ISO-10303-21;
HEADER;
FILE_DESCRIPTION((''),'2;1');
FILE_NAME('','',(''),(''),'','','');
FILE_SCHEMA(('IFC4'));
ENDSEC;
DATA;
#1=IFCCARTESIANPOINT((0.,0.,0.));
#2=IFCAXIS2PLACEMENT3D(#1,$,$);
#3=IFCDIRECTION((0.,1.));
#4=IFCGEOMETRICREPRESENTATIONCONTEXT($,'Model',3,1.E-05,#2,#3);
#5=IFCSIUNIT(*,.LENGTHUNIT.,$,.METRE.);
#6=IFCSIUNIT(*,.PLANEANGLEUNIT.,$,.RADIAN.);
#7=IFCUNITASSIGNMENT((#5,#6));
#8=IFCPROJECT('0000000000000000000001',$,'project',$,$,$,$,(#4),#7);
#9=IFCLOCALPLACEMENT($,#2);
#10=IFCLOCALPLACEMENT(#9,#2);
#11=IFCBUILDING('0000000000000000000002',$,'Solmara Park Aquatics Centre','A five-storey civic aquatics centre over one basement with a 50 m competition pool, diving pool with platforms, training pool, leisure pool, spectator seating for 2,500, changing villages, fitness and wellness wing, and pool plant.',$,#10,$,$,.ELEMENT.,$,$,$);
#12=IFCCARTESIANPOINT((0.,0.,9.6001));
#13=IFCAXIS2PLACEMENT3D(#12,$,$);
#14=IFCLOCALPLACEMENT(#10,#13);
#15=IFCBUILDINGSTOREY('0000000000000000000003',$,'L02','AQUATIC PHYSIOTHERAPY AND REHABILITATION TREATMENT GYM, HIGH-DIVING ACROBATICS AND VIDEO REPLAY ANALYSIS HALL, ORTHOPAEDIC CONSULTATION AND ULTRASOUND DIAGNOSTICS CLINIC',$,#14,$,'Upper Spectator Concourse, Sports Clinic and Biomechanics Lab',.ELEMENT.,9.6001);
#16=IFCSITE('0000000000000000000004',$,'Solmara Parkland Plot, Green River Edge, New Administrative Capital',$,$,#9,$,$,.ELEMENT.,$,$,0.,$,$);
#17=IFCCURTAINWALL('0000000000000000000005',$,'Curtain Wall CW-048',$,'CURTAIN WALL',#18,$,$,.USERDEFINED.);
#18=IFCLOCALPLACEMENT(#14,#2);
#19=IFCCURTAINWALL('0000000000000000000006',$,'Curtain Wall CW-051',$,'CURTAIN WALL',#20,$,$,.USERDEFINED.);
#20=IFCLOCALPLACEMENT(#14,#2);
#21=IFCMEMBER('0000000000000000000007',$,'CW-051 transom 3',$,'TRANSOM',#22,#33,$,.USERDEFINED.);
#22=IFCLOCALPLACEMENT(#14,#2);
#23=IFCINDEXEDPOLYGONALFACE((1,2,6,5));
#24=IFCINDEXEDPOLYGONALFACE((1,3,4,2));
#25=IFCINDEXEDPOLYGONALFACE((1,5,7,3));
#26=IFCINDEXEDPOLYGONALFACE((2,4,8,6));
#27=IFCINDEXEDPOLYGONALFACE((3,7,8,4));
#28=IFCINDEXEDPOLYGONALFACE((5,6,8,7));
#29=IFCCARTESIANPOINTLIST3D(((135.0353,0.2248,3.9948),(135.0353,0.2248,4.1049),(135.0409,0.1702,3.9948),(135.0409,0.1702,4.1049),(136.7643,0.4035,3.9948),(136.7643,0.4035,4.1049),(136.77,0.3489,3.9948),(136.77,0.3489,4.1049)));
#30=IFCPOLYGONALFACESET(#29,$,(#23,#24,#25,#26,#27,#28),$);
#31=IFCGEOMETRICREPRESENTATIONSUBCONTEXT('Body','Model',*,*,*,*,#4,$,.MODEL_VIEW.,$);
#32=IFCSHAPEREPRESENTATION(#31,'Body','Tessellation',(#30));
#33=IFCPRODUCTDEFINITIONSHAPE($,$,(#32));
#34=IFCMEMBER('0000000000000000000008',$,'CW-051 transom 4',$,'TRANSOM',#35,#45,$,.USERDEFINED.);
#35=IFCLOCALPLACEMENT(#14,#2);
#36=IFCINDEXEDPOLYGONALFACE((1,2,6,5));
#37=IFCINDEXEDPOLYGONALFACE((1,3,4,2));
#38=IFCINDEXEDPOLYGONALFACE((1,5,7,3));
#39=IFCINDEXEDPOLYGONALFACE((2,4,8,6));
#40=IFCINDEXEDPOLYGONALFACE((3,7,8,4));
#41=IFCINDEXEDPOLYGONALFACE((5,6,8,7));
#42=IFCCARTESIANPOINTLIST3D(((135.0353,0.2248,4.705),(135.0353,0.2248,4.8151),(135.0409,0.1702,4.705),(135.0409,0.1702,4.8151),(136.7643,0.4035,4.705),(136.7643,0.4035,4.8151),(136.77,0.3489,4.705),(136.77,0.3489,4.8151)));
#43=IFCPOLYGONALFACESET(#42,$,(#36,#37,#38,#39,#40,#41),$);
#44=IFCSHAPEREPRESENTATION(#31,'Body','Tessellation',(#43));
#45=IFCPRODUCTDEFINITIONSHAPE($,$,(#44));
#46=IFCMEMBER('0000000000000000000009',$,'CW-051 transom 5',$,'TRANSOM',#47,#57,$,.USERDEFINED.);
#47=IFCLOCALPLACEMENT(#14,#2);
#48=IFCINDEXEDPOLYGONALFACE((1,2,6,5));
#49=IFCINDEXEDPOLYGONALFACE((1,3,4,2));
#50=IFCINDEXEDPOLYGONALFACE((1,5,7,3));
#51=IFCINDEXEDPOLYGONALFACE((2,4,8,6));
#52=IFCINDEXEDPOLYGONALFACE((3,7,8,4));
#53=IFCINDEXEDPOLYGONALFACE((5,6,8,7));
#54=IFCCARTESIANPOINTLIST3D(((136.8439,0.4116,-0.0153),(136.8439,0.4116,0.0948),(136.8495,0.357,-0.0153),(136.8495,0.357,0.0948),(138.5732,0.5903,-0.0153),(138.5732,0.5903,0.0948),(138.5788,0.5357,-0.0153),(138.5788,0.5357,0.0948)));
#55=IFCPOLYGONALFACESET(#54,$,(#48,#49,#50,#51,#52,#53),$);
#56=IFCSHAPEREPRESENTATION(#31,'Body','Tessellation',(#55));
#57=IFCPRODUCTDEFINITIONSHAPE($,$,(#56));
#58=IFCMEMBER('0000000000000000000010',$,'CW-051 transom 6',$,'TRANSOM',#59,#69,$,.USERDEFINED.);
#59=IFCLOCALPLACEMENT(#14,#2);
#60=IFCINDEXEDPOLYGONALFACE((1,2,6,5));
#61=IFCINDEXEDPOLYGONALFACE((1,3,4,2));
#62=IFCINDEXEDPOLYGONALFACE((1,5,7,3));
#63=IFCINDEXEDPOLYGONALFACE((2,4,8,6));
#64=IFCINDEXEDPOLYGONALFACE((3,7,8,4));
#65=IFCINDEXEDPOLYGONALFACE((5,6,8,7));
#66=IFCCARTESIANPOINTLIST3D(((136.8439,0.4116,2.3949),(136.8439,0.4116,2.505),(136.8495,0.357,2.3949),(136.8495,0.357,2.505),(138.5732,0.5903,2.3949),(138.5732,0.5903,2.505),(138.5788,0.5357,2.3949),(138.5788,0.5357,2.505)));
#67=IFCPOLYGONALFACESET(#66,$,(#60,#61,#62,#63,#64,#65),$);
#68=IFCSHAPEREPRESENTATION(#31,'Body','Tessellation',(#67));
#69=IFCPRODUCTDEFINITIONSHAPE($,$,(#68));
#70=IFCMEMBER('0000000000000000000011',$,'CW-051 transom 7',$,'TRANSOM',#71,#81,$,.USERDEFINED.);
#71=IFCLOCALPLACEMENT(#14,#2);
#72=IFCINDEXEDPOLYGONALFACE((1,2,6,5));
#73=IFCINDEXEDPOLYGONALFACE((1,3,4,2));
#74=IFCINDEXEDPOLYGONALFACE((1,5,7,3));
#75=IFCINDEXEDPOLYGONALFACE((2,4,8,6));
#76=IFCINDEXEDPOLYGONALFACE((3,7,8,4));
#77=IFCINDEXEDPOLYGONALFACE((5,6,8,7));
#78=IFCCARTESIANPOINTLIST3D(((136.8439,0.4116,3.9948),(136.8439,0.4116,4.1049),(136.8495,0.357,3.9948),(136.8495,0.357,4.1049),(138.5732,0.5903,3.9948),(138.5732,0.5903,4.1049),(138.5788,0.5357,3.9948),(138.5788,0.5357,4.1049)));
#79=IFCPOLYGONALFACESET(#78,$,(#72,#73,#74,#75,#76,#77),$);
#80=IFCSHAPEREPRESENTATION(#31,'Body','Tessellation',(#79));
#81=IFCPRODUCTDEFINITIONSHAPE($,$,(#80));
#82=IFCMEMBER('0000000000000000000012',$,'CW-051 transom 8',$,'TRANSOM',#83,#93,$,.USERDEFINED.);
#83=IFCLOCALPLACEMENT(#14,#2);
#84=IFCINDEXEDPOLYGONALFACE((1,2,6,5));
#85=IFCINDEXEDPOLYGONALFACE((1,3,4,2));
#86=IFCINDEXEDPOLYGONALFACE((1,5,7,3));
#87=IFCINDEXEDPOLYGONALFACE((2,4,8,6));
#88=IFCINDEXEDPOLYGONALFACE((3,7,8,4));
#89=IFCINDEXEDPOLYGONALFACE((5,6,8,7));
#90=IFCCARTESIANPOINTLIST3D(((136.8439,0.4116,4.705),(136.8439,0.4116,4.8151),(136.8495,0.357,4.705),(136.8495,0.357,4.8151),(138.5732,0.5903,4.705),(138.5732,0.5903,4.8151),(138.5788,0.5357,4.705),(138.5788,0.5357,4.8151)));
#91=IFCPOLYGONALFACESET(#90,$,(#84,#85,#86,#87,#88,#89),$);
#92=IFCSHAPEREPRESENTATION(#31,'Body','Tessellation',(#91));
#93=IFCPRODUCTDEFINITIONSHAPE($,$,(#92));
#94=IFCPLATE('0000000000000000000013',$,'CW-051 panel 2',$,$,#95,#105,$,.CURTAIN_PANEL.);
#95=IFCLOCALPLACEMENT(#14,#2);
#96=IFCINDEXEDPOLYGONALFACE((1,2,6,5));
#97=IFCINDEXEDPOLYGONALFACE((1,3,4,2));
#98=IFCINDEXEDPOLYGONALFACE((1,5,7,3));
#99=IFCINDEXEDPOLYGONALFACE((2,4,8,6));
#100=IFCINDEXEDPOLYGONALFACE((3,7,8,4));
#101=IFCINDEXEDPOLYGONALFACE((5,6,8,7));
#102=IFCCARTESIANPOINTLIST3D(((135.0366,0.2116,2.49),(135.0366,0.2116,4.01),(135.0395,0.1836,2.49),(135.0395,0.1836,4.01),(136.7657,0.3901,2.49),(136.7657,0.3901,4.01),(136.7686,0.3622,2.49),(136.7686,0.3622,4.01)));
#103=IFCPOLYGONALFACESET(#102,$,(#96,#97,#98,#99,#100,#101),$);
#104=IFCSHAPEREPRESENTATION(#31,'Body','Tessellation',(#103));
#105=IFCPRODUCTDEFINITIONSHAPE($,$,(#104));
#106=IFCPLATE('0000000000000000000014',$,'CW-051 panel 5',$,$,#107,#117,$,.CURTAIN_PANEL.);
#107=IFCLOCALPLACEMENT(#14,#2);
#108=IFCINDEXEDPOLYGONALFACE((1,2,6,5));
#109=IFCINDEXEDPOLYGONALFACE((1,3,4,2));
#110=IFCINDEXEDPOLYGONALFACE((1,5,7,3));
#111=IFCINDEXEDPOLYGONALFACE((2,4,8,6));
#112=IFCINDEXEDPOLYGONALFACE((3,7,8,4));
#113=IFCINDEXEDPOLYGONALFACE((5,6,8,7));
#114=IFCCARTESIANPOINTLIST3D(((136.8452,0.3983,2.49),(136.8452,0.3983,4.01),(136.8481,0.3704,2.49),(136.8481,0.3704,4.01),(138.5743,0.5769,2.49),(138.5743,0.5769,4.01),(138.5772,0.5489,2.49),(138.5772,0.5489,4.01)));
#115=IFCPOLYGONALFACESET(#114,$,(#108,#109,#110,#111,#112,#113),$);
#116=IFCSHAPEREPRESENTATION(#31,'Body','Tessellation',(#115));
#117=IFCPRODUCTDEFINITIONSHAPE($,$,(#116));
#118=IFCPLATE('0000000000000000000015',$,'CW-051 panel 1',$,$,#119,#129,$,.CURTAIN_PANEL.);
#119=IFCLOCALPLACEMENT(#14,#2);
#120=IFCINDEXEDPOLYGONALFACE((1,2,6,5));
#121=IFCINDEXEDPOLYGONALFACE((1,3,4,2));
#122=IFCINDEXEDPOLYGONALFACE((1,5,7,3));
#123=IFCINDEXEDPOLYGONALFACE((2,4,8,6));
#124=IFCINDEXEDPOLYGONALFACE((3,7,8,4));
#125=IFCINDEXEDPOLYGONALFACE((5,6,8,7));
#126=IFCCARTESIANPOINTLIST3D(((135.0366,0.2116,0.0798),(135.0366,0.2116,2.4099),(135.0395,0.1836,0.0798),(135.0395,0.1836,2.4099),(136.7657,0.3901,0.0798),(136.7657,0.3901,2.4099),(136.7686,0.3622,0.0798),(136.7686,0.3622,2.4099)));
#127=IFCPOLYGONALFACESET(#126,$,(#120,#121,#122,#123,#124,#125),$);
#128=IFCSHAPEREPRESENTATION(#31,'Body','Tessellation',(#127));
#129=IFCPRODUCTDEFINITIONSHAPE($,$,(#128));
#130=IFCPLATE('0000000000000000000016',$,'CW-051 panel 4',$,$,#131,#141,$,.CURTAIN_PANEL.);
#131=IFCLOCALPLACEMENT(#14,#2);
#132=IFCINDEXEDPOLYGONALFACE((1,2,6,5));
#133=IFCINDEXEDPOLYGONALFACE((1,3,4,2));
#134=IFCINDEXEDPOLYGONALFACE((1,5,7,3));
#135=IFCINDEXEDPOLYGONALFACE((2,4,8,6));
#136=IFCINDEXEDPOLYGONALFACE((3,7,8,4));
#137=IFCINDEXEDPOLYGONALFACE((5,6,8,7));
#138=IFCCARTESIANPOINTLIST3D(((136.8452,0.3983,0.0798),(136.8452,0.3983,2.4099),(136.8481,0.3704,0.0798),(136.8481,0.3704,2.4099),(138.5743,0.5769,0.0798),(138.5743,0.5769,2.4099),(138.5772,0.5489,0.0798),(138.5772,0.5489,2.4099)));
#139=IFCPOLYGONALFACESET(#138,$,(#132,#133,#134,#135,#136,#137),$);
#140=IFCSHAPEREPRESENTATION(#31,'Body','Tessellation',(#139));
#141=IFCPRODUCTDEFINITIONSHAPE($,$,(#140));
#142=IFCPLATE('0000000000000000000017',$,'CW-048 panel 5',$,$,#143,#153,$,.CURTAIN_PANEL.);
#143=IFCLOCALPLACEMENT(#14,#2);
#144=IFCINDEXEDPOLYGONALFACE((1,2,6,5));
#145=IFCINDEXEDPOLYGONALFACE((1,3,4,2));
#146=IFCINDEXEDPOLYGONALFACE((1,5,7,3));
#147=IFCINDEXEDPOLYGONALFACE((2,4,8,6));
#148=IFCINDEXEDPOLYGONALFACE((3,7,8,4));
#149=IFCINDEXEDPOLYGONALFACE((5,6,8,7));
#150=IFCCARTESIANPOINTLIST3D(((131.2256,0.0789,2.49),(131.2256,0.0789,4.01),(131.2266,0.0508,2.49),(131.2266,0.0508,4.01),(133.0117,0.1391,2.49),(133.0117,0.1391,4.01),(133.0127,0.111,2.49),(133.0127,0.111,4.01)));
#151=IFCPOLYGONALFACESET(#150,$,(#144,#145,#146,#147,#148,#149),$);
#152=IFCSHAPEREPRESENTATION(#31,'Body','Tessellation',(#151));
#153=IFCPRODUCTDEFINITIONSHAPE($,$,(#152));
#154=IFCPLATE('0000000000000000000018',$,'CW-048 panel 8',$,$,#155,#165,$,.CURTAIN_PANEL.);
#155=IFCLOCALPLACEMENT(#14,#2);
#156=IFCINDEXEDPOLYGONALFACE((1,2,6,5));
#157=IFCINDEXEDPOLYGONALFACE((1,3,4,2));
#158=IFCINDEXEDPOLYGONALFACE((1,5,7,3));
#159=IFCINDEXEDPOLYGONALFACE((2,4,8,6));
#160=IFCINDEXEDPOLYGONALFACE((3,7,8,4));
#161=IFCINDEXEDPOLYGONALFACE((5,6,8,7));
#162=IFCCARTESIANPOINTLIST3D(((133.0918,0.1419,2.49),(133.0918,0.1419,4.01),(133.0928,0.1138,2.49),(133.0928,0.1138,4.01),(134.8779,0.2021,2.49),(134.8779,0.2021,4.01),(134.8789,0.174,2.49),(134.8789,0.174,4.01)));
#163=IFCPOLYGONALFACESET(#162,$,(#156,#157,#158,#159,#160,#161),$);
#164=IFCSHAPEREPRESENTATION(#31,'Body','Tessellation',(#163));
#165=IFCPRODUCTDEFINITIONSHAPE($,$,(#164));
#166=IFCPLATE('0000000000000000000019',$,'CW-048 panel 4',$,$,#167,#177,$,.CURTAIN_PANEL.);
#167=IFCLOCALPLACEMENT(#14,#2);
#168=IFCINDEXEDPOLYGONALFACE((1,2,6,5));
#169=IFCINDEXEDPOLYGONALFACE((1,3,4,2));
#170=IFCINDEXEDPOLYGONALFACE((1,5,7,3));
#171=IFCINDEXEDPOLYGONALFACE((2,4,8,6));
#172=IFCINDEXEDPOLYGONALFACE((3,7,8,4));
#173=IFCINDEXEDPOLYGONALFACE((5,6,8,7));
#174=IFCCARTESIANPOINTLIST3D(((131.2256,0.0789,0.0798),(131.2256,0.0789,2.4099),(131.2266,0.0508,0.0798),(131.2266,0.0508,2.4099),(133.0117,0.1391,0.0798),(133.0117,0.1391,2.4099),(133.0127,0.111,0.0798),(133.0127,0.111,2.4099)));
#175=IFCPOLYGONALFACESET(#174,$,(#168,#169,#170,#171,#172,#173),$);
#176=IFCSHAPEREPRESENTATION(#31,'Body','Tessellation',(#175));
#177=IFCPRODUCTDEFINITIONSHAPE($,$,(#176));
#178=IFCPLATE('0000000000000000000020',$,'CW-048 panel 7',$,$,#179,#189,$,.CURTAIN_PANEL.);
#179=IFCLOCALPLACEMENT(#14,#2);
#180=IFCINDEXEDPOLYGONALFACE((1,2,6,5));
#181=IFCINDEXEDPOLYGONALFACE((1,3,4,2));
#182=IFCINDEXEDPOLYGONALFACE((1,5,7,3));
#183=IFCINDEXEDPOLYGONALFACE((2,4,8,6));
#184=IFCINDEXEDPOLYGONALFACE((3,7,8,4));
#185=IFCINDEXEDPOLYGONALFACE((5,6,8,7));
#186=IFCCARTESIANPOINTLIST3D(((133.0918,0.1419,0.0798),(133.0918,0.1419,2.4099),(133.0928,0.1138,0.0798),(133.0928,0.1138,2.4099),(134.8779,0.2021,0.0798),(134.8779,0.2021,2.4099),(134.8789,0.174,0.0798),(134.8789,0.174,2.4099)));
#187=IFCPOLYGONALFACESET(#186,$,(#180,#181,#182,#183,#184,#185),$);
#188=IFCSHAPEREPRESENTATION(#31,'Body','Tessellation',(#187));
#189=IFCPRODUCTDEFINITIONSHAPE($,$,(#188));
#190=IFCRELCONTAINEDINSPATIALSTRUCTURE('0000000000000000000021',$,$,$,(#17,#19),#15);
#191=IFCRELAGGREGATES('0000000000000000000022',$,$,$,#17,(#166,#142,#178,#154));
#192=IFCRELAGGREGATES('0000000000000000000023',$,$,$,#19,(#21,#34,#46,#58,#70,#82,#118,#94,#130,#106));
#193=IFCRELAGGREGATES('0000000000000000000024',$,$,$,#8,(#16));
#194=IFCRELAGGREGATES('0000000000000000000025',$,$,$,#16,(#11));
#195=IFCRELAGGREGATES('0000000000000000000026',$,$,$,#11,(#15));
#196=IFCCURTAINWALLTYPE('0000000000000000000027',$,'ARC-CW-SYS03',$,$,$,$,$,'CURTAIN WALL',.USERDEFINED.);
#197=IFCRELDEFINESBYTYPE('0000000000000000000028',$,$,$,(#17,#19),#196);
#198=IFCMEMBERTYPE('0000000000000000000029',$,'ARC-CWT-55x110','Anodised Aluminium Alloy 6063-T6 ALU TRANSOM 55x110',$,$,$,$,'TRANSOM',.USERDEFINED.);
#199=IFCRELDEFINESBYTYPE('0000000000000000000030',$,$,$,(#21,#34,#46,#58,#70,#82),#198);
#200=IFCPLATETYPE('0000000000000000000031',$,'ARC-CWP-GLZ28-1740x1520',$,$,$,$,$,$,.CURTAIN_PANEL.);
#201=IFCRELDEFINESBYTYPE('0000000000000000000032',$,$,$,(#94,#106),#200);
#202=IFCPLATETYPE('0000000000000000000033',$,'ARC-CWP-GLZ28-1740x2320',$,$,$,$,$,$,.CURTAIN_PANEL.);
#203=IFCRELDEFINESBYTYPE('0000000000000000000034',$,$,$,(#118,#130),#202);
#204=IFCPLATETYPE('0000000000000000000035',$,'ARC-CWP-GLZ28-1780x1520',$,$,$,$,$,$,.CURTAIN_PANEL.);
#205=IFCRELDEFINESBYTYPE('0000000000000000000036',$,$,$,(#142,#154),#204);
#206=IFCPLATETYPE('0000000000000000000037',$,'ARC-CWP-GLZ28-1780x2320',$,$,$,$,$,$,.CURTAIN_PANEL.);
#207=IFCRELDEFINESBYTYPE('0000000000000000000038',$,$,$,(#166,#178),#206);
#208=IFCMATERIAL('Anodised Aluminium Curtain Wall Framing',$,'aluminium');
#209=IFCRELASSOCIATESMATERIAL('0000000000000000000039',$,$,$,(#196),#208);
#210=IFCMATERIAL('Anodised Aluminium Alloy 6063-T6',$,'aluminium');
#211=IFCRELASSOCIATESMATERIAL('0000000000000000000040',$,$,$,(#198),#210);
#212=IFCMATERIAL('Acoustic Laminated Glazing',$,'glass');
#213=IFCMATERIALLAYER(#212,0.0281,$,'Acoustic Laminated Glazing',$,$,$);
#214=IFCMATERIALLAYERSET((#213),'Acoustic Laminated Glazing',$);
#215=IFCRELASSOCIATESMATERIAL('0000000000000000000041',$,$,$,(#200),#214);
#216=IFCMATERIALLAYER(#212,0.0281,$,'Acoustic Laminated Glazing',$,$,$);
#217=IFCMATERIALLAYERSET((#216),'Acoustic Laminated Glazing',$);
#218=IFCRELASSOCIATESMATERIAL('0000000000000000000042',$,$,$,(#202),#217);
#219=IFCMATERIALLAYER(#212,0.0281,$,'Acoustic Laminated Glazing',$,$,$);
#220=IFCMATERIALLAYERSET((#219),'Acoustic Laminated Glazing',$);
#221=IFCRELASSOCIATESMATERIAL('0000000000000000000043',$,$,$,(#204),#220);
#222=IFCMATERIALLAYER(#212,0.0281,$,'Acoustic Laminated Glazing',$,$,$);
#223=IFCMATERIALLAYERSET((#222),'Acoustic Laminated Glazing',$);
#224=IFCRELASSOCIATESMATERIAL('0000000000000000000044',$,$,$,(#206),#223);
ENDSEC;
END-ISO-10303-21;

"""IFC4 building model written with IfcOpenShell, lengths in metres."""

from ifc_helpers import new_model, si_unit, direction, frame, origin, origin_2d, place, context, subcontext, project, spatial, rectangle, extrude, material, layer, layer_set, material_profile, profile_set, type_object, element, aggregate, save


model = new_model("IFC4")

# Units and contexts
model_context = context("Model", 3, precision=1e-05, world=origin(), true_north=direction((0.0, 1.0)))
body_context = subcontext(model_context, "Body", "Model", "MODEL_VIEW")
ifc_project = project(units=[si_unit("LENGTHUNIT", "METRE"), si_unit("PLANEANGLEUNIT", "RADIAN")], contexts=[model_context])

# Site, building, storey
site_placement = place(None, origin())
site = spatial("IfcSite", under=ifc_project, at=site_placement, Name="Solmara Parkland Plot, Green River Edge, New Administrative Capital", CompositionType="ELEMENT", RefElevation=0.0)
building_placement = place(site_placement, origin())
building = spatial("IfcBuilding", under=site, at=building_placement, Name="Solmara Park Aquatics Centre", Description="A five-storey civic aquatics centre over one basement with a 50 m competition pool, diving pool with platforms, training pool, leisure pool, spectator seating for 2,500, changing villages, fitness and wellness wing, and pool plant.", CompositionType="ELEMENT")
storey_placement = place(building_placement, frame((0.0, 0.0, 9.6001)))
storey = spatial("IfcBuildingStorey", under=building, at=storey_placement, Name="L02", Description="AQUATIC PHYSIOTHERAPY AND REHABILITATION TREATMENT GYM, HIGH-DIVING ACROBATICS AND VIDEO REPLAY ANALYSIS HALL, ORTHOPAEDIC CONSULTATION AND ULTRASOUND DIAGNOSTICS CLINIC", LongName="Upper Spectator Concourse, Sports Clinic and Biomechanics Lab", CompositionType="ELEMENT", Elevation=9.6001)

# Curtain walls
ifc_material_1 = material(Name="Anodised Aluminium Curtain Wall Framing", Category="aluminium")
curtain_wall_type = type_object("IfcCurtainWallType", Name="ARC-CW-SYS03", ElementType="CURTAIN WALL", PredefinedType="USERDEFINED", material=ifc_material_1)
curtain_wall_1_placement = place(storey_placement, origin())
curtain_wall_1 = element("IfcCurtainWall", 1, at=curtain_wall_1_placement, inside=storey, type_object=curtain_wall_type, Name="Curtain Wall CW-048", ObjectType="CURTAIN WALL", PredefinedType="USERDEFINED")
ifc_material_2 = material(Name="Anodised Aluminium Alloy 6063-T6", Category="aluminium")
curtain_wall_2_placement = place(storey_placement, origin())
curtain_wall_2 = element("IfcCurtainWall", 2, at=curtain_wall_2_placement, inside=storey, type_object=curtain_wall_type, Name="Curtain Wall CW-051", ObjectType="CURTAIN WALL", PredefinedType="USERDEFINED")

# Members
ifc_material_profile_1 = material_profile(ifc_material_2, rectangle(XDim=0.0549, YDim=0.1101, at=origin_2d()), Name="ALU TRANSOM 55x110")
ifc_profile_set_1 = profile_set([ifc_material_profile_1], Name="Anodised Aluminium Alloy 6063-T6")
member_type_1 = type_object("IfcMemberType", Name="ARC-CWT-55x110", Description="Anodised Aluminium Alloy 6063-T6 ALU TRANSOM 55x110", ElementType="TRANSOM", PredefinedType="USERDEFINED", material=ifc_profile_set_1)
member_1_placement = place(storey_placement, frame((135.0381, 0.1975, 4.0498), z_axis=(0.994701, 0.102813, 0.0), x_axis=(-0.102813, 0.994701, 0.0)))
member_1 = element("IfcMember", 3, at=member_1_placement, type_object=member_type_1, Name="CW-051 transom 3", ObjectType="TRANSOM", PredefinedType="USERDEFINED", context=body_context, shape_type="SweptSolid", body=[
    extrude(rectangle(XDim=0.0549, YDim=0.1101, at=origin_2d()), origin(), (0.0, 0.0, 1.0), 1.7383),
])
member_2_placement = place(storey_placement, frame((135.0381, 0.1975, 4.76), z_axis=(0.994701, 0.102813, 0.0), x_axis=(-0.102813, 0.994701, 0.0)))
member_2 = element("IfcMember", 4, at=member_2_placement, type_object=member_type_1, Name="CW-051 transom 4", ObjectType="TRANSOM", PredefinedType="USERDEFINED", context=body_context, shape_type="SweptSolid", body=[
    extrude(rectangle(XDim=0.0549, YDim=0.1101, at=origin_2d()), origin(), (0.0, 0.0, 1.0), 1.7383),
])
member_3_placement = place(storey_placement, frame((136.8467, 0.3843, 0.0398), z_axis=(0.994702, 0.102799, 0.0), x_axis=(-0.102799, 0.994702, 0.0)))
member_3 = element("IfcMember", 5, at=member_3_placement, type_object=member_type_1, Name="CW-051 transom 5", ObjectType="TRANSOM", PredefinedType="USERDEFINED", context=body_context, shape_type="SweptSolid", body=[
    extrude(rectangle(XDim=0.0549, YDim=0.1101, at=origin_2d()), origin(), (0.0, 0.0, 1.0), 1.7385),
])
member_4_placement = place(storey_placement, frame((136.8467, 0.3843, 2.45), z_axis=(0.994702, 0.102799, 0.0), x_axis=(-0.102799, 0.994702, 0.0)))
member_4 = element("IfcMember", 6, at=member_4_placement, type_object=member_type_1, Name="CW-051 transom 6", ObjectType="TRANSOM", PredefinedType="USERDEFINED", context=body_context, shape_type="SweptSolid", body=[
    extrude(rectangle(XDim=0.0549, YDim=0.1101, at=origin_2d()), origin(), (0.0, 0.0, 1.0), 1.7385),
])
member_5_placement = place(storey_placement, frame((136.8467, 0.3843, 4.0498), z_axis=(0.994702, 0.102799, 0.0), x_axis=(-0.102799, 0.994702, 0.0)))
member_5 = element("IfcMember", 7, at=member_5_placement, type_object=member_type_1, Name="CW-051 transom 7", ObjectType="TRANSOM", PredefinedType="USERDEFINED", context=body_context, shape_type="SweptSolid", body=[
    extrude(rectangle(XDim=0.0549, YDim=0.1101, at=origin_2d()), origin(), (0.0, 0.0, 1.0), 1.7385),
])
member_6_placement = place(storey_placement, frame((136.8467, 0.3843, 4.76), z_axis=(0.994702, 0.102799, 0.0), x_axis=(-0.102799, 0.994702, 0.0)))
member_6 = element("IfcMember", 8, at=member_6_placement, type_object=member_type_1, Name="CW-051 transom 8", ObjectType="TRANSOM", PredefinedType="USERDEFINED", context=body_context, shape_type="SweptSolid", body=[
    extrude(rectangle(XDim=0.0549, YDim=0.1101, at=origin_2d()), origin(), (0.0, 0.0, 1.0), 1.7385),
])

# Plates
ifc_material_3 = material(Name="Acoustic Laminated Glazing", Category="glass")
ifc_layer_1 = layer(ifc_material_3, 0.0281, Name="Acoustic Laminated Glazing")
ifc_layer_set_1 = layer_set([ifc_layer_1], Name="Acoustic Laminated Glazing")
plate_type_1 = type_object("IfcPlateType", Name="ARC-CWP-GLZ28-1740x1520", PredefinedType="CURTAIN_PANEL", material=ifc_layer_set_1)
plate_1_placement = place(storey_placement, frame((135.9026, 0.2869, 2.49), z_axis=(0.0, 0.0, 1.0), x_axis=(0.994711, 0.102709, 0.0)))
plate_1 = element("IfcPlate", 9, at=plate_1_placement, type_object=plate_type_1, Name="CW-051 panel 2", PredefinedType="CURTAIN_PANEL", context=body_context, shape_type="SweptSolid", body=[
    extrude(rectangle(XDim=1.7383, YDim=0.0281, at=origin_2d()), origin(), (0.0, 0.0, 1.0), 1.52),
])
plate_2_placement = place(storey_placement, frame((137.7112, 0.4736, 2.49), z_axis=(0.0, 0.0, 1.0), x_axis=(0.994711, 0.102709, 0.0)))
plate_2 = element("IfcPlate", 10, at=plate_2_placement, type_object=plate_type_1, Name="CW-051 panel 5", PredefinedType="CURTAIN_PANEL", context=body_context, shape_type="SweptSolid", body=[
    extrude(rectangle(XDim=1.7383, YDim=0.0281, at=origin_2d()), origin(), (0.0, 0.0, 1.0), 1.52),
])
ifc_layer_2 = layer(ifc_material_3, 0.0281, Name="Acoustic Laminated Glazing")
ifc_layer_set_2 = layer_set([ifc_layer_2], Name="Acoustic Laminated Glazing")
plate_type_2 = type_object("IfcPlateType", Name="ARC-CWP-GLZ28-1740x2320", PredefinedType="CURTAIN_PANEL", material=ifc_layer_set_2)
plate_3_placement = place(storey_placement, frame((135.9026, 0.2869, 0.0798), z_axis=(0.0, 0.0, 1.0), x_axis=(0.994711, 0.102709, 0.0)))
plate_3 = element("IfcPlate", 11, at=plate_3_placement, type_object=plate_type_2, Name="CW-051 panel 1", PredefinedType="CURTAIN_PANEL", context=body_context, shape_type="SweptSolid", body=[
    extrude(rectangle(XDim=1.7383, YDim=0.0281, at=origin_2d()), origin(), (0.0, 0.0, 1.0), 2.3301),
])
plate_4_placement = place(storey_placement, frame((137.7112, 0.4736, 0.0798), z_axis=(0.0, 0.0, 1.0), x_axis=(0.994711, 0.102709, 0.0)))
plate_4 = element("IfcPlate", 12, at=plate_4_placement, type_object=plate_type_2, Name="CW-051 panel 4", PredefinedType="CURTAIN_PANEL", context=body_context, shape_type="SweptSolid", body=[
    extrude(rectangle(XDim=1.7383, YDim=0.0281, at=origin_2d()), origin(), (0.0, 0.0, 1.0), 2.3301),
])
ifc_layer_3 = layer(ifc_material_3, 0.0281, Name="Acoustic Laminated Glazing")
ifc_layer_set_3 = layer_set([ifc_layer_3], Name="Acoustic Laminated Glazing")
plate_type_3 = type_object("IfcPlateType", Name="ARC-CWP-GLZ28-1780x1520", PredefinedType="CURTAIN_PANEL", material=ifc_layer_set_3)
plate_5_placement = place(storey_placement, frame((132.1191, 0.095, 2.49), z_axis=(0.0, 0.0, 1.0), x_axis=(0.999432, 0.033689, 0.0)))
plate_5 = element("IfcPlate", 13, at=plate_5_placement, type_object=plate_type_3, Name="CW-048 panel 5", PredefinedType="CURTAIN_PANEL", context=body_context, shape_type="SweptSolid", body=[
    extrude(rectangle(XDim=1.7871, YDim=0.0281, at=origin_2d()), origin(), (0.0, 0.0, 1.0), 1.52),
])
plate_6_placement = place(storey_placement, frame((133.9854, 0.158, 2.49), z_axis=(0.0, 0.0, 1.0), x_axis=(0.999432, 0.033689, 0.0)))
plate_6 = element("IfcPlate", 14, at=plate_6_placement, type_object=plate_type_3, Name="CW-048 panel 8", PredefinedType="CURTAIN_PANEL", context=body_context, shape_type="SweptSolid", body=[
    extrude(rectangle(XDim=1.7871, YDim=0.0281, at=origin_2d()), origin(), (0.0, 0.0, 1.0), 1.52),
])
ifc_layer_4 = layer(ifc_material_3, 0.0281, Name="Acoustic Laminated Glazing")
ifc_layer_set_4 = layer_set([ifc_layer_4], Name="Acoustic Laminated Glazing")
plate_type_4 = type_object("IfcPlateType", Name="ARC-CWP-GLZ28-1780x2320", PredefinedType="CURTAIN_PANEL", material=ifc_layer_set_4)
plate_7_placement = place(storey_placement, frame((132.1191, 0.095, 0.0798), z_axis=(0.0, 0.0, 1.0), x_axis=(0.999432, 0.033689, 0.0)))
plate_7 = element("IfcPlate", 15, at=plate_7_placement, type_object=plate_type_4, Name="CW-048 panel 4", PredefinedType="CURTAIN_PANEL", context=body_context, shape_type="SweptSolid", body=[
    extrude(rectangle(XDim=1.7871, YDim=0.0281, at=origin_2d()), origin(), (0.0, 0.0, 1.0), 2.3301),
])
plate_8_placement = place(storey_placement, frame((133.9854, 0.158, 0.0798), z_axis=(0.0, 0.0, 1.0), x_axis=(0.999432, 0.033689, 0.0)))
plate_8 = element("IfcPlate", 16, at=plate_8_placement, type_object=plate_type_4, Name="CW-048 panel 7", PredefinedType="CURTAIN_PANEL", context=body_context, shape_type="SweptSolid", body=[
    extrude(rectangle(XDim=1.7871, YDim=0.0281, at=origin_2d()), origin(), (0.0, 0.0, 1.0), 2.3301),
])
aggregate(curtain_wall_1, [plate_7, plate_5, plate_8, plate_6])
aggregate(curtain_wall_2, [member_1, member_2, member_3, member_4, member_5, member_6, plate_3, plate_1, plate_4, plate_2])

save(model, "model.ifc")
